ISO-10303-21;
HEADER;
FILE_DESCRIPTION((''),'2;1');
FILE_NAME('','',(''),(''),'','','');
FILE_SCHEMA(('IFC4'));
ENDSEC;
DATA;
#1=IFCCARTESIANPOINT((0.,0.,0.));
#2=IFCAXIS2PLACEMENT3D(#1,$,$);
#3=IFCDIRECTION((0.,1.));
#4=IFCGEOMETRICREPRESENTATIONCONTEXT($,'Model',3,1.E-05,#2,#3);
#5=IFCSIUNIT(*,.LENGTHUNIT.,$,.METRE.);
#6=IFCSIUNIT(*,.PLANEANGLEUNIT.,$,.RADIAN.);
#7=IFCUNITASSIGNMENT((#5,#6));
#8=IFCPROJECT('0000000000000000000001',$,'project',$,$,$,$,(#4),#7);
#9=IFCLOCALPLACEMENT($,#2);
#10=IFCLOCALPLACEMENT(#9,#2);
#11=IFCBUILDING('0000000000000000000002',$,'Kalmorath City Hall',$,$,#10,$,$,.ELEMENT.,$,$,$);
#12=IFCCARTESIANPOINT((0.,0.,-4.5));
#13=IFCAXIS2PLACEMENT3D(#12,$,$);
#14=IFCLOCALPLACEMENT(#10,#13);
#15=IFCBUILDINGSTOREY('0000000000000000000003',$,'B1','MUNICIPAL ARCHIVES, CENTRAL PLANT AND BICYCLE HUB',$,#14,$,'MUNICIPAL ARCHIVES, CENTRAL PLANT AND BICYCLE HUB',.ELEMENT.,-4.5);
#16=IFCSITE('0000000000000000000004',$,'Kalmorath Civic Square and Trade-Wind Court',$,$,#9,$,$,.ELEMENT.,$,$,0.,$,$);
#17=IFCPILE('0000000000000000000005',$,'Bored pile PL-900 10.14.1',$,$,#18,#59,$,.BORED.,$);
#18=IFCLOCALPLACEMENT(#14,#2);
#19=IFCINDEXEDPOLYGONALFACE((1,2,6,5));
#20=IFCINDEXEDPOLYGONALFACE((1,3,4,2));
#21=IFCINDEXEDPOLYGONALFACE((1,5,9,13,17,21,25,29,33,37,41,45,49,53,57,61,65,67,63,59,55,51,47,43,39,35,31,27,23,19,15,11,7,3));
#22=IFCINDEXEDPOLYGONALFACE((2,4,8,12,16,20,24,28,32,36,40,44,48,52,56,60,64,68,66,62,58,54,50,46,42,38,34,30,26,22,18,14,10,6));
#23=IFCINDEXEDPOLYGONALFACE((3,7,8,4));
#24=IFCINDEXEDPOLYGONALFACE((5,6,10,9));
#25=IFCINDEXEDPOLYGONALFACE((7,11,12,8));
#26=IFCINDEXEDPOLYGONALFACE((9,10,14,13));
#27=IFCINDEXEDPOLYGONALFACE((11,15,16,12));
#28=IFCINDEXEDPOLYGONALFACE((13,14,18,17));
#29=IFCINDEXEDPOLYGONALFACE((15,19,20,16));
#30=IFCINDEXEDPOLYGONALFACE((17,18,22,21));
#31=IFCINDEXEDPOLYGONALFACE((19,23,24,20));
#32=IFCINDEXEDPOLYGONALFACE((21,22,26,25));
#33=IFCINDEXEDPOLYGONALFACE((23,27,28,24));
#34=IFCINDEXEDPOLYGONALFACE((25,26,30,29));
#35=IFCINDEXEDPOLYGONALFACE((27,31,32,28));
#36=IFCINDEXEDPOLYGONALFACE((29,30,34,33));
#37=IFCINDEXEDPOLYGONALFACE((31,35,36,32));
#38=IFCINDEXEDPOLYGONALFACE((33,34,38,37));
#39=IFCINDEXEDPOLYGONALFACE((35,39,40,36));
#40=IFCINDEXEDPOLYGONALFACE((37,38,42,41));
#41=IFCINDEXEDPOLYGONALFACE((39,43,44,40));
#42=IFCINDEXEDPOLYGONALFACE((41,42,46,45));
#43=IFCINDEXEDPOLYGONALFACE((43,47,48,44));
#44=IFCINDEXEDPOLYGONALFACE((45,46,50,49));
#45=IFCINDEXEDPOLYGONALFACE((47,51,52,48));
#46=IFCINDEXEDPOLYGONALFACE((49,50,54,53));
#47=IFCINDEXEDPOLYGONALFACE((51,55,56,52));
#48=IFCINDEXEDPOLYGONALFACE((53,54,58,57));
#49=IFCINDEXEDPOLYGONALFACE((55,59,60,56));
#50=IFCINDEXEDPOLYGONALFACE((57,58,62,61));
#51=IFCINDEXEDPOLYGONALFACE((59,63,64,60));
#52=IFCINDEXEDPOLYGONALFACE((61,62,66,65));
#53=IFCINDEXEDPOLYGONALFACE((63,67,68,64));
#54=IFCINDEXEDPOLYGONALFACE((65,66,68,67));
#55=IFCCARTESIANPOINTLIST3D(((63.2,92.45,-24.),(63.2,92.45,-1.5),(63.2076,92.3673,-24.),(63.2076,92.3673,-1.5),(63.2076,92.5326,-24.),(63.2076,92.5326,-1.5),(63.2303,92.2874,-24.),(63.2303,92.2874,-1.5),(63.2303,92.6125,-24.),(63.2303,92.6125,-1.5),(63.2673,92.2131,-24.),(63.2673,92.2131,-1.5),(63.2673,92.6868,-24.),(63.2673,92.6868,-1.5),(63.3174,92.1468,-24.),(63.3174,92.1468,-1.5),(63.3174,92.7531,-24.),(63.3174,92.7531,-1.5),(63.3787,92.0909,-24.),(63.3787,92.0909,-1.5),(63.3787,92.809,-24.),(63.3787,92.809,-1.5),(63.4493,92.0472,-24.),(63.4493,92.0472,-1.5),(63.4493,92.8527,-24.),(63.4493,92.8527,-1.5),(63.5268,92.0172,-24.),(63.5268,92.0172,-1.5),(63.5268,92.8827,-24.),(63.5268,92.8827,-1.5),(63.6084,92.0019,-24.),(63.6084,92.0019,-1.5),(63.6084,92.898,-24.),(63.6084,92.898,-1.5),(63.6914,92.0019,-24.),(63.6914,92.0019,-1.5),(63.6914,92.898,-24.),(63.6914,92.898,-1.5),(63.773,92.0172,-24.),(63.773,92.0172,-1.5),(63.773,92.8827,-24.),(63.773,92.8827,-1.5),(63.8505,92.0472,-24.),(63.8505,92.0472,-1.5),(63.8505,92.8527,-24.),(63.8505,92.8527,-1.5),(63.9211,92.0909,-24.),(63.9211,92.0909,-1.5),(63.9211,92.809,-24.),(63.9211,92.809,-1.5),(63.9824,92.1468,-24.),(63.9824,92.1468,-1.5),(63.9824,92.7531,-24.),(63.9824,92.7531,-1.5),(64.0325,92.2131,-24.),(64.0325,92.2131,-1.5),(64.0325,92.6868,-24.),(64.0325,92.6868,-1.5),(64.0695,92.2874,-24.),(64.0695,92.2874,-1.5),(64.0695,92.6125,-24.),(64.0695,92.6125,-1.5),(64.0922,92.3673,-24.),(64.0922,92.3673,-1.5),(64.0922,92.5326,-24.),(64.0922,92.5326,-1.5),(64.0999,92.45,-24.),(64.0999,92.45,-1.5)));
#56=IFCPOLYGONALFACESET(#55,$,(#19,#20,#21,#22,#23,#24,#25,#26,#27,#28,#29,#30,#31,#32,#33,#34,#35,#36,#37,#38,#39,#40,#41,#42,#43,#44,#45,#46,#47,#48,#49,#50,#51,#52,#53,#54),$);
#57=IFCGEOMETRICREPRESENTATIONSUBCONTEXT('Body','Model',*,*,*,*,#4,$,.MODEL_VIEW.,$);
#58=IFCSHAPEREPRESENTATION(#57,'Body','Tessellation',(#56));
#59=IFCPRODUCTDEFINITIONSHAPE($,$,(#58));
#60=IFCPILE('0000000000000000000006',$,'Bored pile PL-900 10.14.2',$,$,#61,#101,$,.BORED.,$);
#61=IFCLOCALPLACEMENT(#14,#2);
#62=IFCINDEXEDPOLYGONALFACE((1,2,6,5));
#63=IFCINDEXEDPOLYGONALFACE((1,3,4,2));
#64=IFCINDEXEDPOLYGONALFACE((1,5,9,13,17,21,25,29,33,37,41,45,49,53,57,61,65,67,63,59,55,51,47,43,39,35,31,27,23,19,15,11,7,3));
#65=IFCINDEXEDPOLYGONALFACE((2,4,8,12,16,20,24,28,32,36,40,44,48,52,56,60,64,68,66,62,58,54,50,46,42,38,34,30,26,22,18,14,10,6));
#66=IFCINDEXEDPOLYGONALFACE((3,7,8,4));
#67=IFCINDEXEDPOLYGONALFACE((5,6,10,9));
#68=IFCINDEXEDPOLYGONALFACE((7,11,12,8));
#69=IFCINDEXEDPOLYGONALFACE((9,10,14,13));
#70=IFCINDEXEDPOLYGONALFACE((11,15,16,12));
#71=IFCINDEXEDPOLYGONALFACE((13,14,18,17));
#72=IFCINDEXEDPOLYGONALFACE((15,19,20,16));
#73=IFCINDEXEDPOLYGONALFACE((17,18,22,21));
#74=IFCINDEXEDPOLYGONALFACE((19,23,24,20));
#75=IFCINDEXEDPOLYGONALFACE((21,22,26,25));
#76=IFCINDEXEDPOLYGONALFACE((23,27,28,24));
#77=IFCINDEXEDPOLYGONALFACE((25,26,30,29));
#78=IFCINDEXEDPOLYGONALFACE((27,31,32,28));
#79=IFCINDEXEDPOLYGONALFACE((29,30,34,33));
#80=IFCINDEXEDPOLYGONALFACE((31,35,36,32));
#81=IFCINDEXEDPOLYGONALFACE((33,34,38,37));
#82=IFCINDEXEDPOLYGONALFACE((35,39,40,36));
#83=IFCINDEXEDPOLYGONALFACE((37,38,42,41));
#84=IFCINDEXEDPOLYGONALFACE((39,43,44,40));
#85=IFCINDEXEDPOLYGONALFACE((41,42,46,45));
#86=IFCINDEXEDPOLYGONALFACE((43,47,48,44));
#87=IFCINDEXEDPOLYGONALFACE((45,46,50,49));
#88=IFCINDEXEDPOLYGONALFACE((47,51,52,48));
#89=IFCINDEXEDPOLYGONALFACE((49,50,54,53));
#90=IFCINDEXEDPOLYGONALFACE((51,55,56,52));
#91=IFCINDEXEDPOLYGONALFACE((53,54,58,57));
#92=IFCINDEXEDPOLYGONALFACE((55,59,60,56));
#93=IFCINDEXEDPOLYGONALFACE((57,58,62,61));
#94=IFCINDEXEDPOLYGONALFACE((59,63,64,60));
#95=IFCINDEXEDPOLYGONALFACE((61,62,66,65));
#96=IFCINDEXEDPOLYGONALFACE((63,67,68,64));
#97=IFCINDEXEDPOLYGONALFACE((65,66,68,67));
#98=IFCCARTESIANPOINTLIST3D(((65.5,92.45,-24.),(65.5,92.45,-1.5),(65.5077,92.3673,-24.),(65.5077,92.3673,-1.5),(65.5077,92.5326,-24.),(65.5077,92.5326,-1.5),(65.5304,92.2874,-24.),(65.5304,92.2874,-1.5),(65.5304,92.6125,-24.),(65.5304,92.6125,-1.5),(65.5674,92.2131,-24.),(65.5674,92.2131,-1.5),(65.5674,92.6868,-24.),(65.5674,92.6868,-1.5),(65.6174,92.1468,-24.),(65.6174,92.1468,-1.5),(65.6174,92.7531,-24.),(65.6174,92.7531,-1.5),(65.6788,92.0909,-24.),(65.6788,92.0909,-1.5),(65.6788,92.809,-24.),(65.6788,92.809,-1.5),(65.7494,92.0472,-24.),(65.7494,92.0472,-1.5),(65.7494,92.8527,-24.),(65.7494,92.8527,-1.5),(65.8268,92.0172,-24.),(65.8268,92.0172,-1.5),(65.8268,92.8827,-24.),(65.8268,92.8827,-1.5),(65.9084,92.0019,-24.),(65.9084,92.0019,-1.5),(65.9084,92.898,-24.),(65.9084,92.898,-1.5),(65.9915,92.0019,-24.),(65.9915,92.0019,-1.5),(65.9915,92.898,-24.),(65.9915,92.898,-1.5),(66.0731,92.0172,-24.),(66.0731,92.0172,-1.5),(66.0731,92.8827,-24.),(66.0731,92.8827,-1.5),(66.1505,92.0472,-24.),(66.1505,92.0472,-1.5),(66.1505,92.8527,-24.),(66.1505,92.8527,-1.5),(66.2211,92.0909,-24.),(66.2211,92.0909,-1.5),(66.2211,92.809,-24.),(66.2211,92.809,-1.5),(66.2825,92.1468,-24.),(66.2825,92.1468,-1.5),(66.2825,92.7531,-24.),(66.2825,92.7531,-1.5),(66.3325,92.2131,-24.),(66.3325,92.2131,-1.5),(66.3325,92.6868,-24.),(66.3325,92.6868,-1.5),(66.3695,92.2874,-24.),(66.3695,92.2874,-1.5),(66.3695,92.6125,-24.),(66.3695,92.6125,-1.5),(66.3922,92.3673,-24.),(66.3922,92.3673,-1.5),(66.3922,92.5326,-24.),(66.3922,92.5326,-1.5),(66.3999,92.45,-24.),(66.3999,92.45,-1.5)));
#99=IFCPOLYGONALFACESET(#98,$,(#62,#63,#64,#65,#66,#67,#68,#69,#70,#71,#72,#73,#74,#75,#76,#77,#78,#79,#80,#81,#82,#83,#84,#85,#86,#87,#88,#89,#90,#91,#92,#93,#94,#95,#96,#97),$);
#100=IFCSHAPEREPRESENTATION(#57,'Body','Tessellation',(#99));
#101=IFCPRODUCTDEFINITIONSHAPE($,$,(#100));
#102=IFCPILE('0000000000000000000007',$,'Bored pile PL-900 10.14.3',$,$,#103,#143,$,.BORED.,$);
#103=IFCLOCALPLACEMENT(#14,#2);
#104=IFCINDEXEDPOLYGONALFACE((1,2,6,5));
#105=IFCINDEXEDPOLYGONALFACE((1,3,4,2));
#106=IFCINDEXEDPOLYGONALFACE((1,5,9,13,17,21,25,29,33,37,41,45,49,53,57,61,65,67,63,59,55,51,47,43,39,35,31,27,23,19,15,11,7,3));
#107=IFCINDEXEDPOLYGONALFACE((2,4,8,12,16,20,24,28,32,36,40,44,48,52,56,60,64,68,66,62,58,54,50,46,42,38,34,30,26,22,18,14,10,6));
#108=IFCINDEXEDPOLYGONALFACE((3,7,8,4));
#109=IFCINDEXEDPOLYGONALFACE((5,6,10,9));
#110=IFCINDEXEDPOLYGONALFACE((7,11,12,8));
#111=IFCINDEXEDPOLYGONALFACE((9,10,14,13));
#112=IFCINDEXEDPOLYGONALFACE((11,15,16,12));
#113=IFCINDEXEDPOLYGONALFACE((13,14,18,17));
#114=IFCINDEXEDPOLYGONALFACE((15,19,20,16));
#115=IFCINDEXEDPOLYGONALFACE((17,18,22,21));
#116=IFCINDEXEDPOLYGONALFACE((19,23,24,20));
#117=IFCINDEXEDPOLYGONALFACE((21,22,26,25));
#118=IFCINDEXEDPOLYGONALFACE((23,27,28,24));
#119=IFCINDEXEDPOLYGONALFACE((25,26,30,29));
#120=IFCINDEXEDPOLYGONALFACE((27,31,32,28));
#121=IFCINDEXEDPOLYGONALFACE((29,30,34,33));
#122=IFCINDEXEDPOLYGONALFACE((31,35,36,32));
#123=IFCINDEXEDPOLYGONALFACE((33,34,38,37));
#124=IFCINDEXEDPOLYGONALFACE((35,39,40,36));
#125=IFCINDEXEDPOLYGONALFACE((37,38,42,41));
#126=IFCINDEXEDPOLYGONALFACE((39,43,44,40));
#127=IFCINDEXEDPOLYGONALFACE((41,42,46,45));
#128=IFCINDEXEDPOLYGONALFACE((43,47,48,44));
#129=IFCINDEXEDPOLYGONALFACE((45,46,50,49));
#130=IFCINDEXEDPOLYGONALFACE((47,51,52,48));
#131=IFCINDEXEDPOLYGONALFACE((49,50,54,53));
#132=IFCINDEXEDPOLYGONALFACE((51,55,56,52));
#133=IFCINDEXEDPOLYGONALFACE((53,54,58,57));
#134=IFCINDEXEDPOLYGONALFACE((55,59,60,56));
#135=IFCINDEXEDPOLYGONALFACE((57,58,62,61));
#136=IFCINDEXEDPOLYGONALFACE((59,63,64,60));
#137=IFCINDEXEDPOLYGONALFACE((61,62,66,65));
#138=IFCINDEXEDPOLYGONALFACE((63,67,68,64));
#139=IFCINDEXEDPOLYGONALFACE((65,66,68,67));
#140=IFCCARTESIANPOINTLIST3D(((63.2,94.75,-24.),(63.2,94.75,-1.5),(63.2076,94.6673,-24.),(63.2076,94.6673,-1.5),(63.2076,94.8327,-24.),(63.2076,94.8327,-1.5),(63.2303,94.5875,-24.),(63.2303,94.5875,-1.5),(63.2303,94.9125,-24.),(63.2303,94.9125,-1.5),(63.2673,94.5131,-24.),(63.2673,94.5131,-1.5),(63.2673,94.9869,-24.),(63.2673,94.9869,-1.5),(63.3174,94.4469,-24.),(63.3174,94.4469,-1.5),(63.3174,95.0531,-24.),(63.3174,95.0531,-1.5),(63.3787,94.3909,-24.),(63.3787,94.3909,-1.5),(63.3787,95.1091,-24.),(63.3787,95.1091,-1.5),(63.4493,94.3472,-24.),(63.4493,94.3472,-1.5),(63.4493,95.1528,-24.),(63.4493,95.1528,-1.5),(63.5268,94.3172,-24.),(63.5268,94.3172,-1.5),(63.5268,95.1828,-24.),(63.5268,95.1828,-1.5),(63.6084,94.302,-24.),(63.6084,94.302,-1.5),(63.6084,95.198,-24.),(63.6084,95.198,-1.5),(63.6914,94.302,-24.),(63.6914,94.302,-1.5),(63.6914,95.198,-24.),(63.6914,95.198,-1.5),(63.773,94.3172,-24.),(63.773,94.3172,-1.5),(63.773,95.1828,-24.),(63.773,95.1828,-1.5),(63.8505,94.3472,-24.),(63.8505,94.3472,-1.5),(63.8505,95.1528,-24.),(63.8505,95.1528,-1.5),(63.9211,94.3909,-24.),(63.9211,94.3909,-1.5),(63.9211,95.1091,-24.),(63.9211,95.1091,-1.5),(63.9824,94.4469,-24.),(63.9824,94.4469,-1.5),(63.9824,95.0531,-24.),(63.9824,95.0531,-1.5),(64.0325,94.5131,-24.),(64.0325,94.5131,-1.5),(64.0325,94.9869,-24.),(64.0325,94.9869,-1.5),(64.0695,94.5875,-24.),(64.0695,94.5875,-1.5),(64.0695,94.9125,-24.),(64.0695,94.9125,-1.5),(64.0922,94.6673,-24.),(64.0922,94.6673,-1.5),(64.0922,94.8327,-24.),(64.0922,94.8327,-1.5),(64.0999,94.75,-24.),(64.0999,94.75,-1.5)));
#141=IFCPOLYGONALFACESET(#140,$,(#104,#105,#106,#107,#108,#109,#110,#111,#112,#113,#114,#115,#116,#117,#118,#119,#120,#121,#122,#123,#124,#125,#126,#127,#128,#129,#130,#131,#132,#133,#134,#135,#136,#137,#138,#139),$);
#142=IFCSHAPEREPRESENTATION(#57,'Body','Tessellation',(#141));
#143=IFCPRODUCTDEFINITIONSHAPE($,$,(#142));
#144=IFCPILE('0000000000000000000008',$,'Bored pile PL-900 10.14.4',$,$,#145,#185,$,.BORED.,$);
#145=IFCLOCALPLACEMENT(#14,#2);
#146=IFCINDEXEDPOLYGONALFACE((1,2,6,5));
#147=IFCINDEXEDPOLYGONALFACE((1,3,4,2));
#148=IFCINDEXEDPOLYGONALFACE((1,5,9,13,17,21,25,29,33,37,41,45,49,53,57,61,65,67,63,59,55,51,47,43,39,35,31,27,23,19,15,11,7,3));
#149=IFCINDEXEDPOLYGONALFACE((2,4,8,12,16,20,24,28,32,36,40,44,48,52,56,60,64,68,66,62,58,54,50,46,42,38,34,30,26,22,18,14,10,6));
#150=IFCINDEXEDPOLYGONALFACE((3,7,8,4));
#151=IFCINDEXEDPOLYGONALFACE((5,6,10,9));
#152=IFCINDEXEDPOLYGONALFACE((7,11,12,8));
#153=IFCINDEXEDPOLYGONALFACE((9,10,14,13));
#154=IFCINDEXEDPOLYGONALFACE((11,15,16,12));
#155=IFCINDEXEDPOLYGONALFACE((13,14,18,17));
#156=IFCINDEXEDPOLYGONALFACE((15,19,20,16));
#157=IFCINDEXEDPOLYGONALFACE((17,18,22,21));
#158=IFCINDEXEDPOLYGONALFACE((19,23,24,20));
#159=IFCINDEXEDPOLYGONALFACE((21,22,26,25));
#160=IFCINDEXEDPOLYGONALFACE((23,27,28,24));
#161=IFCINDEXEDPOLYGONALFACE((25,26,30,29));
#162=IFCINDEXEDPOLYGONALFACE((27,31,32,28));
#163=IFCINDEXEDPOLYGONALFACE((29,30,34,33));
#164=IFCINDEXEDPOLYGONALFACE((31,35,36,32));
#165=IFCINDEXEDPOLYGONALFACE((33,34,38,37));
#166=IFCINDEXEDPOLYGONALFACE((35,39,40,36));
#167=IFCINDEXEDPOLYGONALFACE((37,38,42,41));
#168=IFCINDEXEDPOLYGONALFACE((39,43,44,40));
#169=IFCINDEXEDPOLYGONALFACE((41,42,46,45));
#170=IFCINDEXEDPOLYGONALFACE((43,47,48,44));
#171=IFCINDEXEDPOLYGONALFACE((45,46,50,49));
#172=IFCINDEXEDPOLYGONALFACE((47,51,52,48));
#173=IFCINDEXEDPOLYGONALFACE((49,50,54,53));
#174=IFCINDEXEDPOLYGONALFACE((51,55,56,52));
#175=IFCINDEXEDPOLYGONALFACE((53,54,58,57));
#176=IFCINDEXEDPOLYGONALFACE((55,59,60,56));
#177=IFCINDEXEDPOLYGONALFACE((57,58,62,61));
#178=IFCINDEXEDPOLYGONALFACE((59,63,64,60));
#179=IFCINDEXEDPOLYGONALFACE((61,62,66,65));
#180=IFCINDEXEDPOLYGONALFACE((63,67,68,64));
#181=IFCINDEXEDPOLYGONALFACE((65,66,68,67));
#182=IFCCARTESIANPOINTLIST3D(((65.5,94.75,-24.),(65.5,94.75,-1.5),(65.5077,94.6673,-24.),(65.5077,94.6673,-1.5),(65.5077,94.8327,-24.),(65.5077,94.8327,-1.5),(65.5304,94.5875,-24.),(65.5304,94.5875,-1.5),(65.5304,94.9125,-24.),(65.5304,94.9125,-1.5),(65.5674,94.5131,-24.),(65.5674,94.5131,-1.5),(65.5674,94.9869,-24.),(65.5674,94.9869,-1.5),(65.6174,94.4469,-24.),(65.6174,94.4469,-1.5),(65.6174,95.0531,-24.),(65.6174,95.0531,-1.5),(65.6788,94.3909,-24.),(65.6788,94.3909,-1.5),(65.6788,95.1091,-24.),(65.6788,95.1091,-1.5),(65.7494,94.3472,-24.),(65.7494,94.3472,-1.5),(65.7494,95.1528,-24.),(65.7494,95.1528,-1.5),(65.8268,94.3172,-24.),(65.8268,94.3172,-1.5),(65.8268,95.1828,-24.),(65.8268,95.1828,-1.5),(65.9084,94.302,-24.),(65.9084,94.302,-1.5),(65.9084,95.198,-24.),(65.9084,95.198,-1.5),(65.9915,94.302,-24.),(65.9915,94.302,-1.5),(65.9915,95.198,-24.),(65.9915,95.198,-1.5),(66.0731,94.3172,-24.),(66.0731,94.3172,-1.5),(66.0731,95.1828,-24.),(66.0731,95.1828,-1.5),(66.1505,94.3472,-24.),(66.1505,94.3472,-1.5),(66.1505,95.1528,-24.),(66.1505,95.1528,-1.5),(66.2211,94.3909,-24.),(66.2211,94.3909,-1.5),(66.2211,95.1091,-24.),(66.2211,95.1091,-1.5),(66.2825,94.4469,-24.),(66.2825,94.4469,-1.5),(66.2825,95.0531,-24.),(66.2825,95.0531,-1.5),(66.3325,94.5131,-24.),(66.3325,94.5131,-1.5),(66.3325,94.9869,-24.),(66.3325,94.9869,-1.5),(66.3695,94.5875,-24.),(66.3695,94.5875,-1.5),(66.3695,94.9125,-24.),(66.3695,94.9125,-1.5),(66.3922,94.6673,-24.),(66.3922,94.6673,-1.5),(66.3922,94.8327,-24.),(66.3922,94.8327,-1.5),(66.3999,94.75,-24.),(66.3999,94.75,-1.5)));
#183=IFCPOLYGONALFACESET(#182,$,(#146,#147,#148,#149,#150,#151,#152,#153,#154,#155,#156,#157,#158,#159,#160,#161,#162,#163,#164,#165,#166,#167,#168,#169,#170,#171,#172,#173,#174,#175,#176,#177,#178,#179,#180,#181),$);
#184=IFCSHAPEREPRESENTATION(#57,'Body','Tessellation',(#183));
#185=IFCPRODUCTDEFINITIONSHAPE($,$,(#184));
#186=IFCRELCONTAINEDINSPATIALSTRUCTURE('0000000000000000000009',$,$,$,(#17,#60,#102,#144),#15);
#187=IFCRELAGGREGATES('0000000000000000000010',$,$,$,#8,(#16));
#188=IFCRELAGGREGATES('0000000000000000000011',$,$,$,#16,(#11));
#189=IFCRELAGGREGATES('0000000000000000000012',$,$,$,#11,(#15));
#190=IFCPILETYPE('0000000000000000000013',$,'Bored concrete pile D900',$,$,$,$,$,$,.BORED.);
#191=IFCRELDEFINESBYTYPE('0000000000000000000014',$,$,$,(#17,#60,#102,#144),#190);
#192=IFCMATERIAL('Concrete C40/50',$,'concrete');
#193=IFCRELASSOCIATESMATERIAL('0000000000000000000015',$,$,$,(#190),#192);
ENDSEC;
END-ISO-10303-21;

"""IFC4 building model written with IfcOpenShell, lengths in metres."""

from ifc_helpers import new_model, si_unit, direction, frame, origin, origin_2d, place, context, subcontext, project, spatial, circle, extrude, material, material_profile, profile_set, type_object, element, save


model = new_model("IFC4")

# Units and contexts
model_context = context("Model", 3, precision=1e-05, world=origin(), true_north=direction((0.0, 1.0)))
body_context = subcontext(model_context, "Body", "Model", "MODEL_VIEW")
ifc_project = project(units=[si_unit("LENGTHUNIT", "METRE"), si_unit("PLANEANGLEUNIT", "RADIAN")], contexts=[model_context])

# Site, building, storey
site_placement = place(None, origin())
site = spatial("IfcSite", under=ifc_project, at=site_placement, Name="Kalmorath Civic Square and Trade-Wind Court", CompositionType="ELEMENT", RefElevation=0.0)
building_placement = place(site_placement, origin())
building = spatial("IfcBuilding", under=site, at=building_placement, Name="Kalmorath City Hall", CompositionType="ELEMENT")
storey_placement = place(building_placement, frame((0.0, 0.0, -4.5)))
storey = spatial("IfcBuildingStorey", under=building, at=storey_placement, Name="B1", Description="MUNICIPAL ARCHIVES, CENTRAL PLANT AND BICYCLE HUB", LongName="MUNICIPAL ARCHIVES, CENTRAL PLANT AND BICYCLE HUB", CompositionType="ELEMENT", Elevation=-4.5)

# Piles
ifc_material_1 = material(Name="Concrete C40/50", Category="concrete")
ifc_material_profile_1 = material_profile(ifc_material_1, circle(Radius=0.45, at=origin_2d()), Name="PILE-D900")
ifc_profile_set_1 = profile_set([ifc_material_profile_1], Name="Concrete C40/50")
pile_type = type_object("IfcPileType", Name="Bored concrete pile D900", PredefinedType="BORED", material=ifc_profile_set_1)
for number, where, z_axis, x_axis, name in (
    (1, (63.6499, 92.45, -1.5), (0.0, 0.0, -1.0), (1.0, 0.0, 0.0), "Bored pile PL-900 10.14.1"),
    (2, (65.95, 92.45, -1.5), (0.0, 0.0, -1.0), (1.0, 0.0, 0.0), "Bored pile PL-900 10.14.2"),
    (3, (63.6499, 94.75, -1.5), (0.0, 0.0, -1.0), (1.0, 0.0, 0.0), "Bored pile PL-900 10.14.3"),
    (4, (65.95, 94.75, -1.5), (0.0, 0.0, -1.0), (1.0, 0.0, 0.0), "Bored pile PL-900 10.14.4"),
):
    element("IfcPile", number, at=place(storey_placement, frame(where, z_axis=z_axis, x_axis=x_axis)), inside=storey, type_object=pile_type, Name=name, PredefinedType="BORED", context=body_context, shape_type="SweptSolid", body=[
        extrude(circle(Radius=0.45, at=origin_2d()), origin(), (0.0, 0.0, 1.0), 22.5),
    ])

save(model, "model.ifc")
